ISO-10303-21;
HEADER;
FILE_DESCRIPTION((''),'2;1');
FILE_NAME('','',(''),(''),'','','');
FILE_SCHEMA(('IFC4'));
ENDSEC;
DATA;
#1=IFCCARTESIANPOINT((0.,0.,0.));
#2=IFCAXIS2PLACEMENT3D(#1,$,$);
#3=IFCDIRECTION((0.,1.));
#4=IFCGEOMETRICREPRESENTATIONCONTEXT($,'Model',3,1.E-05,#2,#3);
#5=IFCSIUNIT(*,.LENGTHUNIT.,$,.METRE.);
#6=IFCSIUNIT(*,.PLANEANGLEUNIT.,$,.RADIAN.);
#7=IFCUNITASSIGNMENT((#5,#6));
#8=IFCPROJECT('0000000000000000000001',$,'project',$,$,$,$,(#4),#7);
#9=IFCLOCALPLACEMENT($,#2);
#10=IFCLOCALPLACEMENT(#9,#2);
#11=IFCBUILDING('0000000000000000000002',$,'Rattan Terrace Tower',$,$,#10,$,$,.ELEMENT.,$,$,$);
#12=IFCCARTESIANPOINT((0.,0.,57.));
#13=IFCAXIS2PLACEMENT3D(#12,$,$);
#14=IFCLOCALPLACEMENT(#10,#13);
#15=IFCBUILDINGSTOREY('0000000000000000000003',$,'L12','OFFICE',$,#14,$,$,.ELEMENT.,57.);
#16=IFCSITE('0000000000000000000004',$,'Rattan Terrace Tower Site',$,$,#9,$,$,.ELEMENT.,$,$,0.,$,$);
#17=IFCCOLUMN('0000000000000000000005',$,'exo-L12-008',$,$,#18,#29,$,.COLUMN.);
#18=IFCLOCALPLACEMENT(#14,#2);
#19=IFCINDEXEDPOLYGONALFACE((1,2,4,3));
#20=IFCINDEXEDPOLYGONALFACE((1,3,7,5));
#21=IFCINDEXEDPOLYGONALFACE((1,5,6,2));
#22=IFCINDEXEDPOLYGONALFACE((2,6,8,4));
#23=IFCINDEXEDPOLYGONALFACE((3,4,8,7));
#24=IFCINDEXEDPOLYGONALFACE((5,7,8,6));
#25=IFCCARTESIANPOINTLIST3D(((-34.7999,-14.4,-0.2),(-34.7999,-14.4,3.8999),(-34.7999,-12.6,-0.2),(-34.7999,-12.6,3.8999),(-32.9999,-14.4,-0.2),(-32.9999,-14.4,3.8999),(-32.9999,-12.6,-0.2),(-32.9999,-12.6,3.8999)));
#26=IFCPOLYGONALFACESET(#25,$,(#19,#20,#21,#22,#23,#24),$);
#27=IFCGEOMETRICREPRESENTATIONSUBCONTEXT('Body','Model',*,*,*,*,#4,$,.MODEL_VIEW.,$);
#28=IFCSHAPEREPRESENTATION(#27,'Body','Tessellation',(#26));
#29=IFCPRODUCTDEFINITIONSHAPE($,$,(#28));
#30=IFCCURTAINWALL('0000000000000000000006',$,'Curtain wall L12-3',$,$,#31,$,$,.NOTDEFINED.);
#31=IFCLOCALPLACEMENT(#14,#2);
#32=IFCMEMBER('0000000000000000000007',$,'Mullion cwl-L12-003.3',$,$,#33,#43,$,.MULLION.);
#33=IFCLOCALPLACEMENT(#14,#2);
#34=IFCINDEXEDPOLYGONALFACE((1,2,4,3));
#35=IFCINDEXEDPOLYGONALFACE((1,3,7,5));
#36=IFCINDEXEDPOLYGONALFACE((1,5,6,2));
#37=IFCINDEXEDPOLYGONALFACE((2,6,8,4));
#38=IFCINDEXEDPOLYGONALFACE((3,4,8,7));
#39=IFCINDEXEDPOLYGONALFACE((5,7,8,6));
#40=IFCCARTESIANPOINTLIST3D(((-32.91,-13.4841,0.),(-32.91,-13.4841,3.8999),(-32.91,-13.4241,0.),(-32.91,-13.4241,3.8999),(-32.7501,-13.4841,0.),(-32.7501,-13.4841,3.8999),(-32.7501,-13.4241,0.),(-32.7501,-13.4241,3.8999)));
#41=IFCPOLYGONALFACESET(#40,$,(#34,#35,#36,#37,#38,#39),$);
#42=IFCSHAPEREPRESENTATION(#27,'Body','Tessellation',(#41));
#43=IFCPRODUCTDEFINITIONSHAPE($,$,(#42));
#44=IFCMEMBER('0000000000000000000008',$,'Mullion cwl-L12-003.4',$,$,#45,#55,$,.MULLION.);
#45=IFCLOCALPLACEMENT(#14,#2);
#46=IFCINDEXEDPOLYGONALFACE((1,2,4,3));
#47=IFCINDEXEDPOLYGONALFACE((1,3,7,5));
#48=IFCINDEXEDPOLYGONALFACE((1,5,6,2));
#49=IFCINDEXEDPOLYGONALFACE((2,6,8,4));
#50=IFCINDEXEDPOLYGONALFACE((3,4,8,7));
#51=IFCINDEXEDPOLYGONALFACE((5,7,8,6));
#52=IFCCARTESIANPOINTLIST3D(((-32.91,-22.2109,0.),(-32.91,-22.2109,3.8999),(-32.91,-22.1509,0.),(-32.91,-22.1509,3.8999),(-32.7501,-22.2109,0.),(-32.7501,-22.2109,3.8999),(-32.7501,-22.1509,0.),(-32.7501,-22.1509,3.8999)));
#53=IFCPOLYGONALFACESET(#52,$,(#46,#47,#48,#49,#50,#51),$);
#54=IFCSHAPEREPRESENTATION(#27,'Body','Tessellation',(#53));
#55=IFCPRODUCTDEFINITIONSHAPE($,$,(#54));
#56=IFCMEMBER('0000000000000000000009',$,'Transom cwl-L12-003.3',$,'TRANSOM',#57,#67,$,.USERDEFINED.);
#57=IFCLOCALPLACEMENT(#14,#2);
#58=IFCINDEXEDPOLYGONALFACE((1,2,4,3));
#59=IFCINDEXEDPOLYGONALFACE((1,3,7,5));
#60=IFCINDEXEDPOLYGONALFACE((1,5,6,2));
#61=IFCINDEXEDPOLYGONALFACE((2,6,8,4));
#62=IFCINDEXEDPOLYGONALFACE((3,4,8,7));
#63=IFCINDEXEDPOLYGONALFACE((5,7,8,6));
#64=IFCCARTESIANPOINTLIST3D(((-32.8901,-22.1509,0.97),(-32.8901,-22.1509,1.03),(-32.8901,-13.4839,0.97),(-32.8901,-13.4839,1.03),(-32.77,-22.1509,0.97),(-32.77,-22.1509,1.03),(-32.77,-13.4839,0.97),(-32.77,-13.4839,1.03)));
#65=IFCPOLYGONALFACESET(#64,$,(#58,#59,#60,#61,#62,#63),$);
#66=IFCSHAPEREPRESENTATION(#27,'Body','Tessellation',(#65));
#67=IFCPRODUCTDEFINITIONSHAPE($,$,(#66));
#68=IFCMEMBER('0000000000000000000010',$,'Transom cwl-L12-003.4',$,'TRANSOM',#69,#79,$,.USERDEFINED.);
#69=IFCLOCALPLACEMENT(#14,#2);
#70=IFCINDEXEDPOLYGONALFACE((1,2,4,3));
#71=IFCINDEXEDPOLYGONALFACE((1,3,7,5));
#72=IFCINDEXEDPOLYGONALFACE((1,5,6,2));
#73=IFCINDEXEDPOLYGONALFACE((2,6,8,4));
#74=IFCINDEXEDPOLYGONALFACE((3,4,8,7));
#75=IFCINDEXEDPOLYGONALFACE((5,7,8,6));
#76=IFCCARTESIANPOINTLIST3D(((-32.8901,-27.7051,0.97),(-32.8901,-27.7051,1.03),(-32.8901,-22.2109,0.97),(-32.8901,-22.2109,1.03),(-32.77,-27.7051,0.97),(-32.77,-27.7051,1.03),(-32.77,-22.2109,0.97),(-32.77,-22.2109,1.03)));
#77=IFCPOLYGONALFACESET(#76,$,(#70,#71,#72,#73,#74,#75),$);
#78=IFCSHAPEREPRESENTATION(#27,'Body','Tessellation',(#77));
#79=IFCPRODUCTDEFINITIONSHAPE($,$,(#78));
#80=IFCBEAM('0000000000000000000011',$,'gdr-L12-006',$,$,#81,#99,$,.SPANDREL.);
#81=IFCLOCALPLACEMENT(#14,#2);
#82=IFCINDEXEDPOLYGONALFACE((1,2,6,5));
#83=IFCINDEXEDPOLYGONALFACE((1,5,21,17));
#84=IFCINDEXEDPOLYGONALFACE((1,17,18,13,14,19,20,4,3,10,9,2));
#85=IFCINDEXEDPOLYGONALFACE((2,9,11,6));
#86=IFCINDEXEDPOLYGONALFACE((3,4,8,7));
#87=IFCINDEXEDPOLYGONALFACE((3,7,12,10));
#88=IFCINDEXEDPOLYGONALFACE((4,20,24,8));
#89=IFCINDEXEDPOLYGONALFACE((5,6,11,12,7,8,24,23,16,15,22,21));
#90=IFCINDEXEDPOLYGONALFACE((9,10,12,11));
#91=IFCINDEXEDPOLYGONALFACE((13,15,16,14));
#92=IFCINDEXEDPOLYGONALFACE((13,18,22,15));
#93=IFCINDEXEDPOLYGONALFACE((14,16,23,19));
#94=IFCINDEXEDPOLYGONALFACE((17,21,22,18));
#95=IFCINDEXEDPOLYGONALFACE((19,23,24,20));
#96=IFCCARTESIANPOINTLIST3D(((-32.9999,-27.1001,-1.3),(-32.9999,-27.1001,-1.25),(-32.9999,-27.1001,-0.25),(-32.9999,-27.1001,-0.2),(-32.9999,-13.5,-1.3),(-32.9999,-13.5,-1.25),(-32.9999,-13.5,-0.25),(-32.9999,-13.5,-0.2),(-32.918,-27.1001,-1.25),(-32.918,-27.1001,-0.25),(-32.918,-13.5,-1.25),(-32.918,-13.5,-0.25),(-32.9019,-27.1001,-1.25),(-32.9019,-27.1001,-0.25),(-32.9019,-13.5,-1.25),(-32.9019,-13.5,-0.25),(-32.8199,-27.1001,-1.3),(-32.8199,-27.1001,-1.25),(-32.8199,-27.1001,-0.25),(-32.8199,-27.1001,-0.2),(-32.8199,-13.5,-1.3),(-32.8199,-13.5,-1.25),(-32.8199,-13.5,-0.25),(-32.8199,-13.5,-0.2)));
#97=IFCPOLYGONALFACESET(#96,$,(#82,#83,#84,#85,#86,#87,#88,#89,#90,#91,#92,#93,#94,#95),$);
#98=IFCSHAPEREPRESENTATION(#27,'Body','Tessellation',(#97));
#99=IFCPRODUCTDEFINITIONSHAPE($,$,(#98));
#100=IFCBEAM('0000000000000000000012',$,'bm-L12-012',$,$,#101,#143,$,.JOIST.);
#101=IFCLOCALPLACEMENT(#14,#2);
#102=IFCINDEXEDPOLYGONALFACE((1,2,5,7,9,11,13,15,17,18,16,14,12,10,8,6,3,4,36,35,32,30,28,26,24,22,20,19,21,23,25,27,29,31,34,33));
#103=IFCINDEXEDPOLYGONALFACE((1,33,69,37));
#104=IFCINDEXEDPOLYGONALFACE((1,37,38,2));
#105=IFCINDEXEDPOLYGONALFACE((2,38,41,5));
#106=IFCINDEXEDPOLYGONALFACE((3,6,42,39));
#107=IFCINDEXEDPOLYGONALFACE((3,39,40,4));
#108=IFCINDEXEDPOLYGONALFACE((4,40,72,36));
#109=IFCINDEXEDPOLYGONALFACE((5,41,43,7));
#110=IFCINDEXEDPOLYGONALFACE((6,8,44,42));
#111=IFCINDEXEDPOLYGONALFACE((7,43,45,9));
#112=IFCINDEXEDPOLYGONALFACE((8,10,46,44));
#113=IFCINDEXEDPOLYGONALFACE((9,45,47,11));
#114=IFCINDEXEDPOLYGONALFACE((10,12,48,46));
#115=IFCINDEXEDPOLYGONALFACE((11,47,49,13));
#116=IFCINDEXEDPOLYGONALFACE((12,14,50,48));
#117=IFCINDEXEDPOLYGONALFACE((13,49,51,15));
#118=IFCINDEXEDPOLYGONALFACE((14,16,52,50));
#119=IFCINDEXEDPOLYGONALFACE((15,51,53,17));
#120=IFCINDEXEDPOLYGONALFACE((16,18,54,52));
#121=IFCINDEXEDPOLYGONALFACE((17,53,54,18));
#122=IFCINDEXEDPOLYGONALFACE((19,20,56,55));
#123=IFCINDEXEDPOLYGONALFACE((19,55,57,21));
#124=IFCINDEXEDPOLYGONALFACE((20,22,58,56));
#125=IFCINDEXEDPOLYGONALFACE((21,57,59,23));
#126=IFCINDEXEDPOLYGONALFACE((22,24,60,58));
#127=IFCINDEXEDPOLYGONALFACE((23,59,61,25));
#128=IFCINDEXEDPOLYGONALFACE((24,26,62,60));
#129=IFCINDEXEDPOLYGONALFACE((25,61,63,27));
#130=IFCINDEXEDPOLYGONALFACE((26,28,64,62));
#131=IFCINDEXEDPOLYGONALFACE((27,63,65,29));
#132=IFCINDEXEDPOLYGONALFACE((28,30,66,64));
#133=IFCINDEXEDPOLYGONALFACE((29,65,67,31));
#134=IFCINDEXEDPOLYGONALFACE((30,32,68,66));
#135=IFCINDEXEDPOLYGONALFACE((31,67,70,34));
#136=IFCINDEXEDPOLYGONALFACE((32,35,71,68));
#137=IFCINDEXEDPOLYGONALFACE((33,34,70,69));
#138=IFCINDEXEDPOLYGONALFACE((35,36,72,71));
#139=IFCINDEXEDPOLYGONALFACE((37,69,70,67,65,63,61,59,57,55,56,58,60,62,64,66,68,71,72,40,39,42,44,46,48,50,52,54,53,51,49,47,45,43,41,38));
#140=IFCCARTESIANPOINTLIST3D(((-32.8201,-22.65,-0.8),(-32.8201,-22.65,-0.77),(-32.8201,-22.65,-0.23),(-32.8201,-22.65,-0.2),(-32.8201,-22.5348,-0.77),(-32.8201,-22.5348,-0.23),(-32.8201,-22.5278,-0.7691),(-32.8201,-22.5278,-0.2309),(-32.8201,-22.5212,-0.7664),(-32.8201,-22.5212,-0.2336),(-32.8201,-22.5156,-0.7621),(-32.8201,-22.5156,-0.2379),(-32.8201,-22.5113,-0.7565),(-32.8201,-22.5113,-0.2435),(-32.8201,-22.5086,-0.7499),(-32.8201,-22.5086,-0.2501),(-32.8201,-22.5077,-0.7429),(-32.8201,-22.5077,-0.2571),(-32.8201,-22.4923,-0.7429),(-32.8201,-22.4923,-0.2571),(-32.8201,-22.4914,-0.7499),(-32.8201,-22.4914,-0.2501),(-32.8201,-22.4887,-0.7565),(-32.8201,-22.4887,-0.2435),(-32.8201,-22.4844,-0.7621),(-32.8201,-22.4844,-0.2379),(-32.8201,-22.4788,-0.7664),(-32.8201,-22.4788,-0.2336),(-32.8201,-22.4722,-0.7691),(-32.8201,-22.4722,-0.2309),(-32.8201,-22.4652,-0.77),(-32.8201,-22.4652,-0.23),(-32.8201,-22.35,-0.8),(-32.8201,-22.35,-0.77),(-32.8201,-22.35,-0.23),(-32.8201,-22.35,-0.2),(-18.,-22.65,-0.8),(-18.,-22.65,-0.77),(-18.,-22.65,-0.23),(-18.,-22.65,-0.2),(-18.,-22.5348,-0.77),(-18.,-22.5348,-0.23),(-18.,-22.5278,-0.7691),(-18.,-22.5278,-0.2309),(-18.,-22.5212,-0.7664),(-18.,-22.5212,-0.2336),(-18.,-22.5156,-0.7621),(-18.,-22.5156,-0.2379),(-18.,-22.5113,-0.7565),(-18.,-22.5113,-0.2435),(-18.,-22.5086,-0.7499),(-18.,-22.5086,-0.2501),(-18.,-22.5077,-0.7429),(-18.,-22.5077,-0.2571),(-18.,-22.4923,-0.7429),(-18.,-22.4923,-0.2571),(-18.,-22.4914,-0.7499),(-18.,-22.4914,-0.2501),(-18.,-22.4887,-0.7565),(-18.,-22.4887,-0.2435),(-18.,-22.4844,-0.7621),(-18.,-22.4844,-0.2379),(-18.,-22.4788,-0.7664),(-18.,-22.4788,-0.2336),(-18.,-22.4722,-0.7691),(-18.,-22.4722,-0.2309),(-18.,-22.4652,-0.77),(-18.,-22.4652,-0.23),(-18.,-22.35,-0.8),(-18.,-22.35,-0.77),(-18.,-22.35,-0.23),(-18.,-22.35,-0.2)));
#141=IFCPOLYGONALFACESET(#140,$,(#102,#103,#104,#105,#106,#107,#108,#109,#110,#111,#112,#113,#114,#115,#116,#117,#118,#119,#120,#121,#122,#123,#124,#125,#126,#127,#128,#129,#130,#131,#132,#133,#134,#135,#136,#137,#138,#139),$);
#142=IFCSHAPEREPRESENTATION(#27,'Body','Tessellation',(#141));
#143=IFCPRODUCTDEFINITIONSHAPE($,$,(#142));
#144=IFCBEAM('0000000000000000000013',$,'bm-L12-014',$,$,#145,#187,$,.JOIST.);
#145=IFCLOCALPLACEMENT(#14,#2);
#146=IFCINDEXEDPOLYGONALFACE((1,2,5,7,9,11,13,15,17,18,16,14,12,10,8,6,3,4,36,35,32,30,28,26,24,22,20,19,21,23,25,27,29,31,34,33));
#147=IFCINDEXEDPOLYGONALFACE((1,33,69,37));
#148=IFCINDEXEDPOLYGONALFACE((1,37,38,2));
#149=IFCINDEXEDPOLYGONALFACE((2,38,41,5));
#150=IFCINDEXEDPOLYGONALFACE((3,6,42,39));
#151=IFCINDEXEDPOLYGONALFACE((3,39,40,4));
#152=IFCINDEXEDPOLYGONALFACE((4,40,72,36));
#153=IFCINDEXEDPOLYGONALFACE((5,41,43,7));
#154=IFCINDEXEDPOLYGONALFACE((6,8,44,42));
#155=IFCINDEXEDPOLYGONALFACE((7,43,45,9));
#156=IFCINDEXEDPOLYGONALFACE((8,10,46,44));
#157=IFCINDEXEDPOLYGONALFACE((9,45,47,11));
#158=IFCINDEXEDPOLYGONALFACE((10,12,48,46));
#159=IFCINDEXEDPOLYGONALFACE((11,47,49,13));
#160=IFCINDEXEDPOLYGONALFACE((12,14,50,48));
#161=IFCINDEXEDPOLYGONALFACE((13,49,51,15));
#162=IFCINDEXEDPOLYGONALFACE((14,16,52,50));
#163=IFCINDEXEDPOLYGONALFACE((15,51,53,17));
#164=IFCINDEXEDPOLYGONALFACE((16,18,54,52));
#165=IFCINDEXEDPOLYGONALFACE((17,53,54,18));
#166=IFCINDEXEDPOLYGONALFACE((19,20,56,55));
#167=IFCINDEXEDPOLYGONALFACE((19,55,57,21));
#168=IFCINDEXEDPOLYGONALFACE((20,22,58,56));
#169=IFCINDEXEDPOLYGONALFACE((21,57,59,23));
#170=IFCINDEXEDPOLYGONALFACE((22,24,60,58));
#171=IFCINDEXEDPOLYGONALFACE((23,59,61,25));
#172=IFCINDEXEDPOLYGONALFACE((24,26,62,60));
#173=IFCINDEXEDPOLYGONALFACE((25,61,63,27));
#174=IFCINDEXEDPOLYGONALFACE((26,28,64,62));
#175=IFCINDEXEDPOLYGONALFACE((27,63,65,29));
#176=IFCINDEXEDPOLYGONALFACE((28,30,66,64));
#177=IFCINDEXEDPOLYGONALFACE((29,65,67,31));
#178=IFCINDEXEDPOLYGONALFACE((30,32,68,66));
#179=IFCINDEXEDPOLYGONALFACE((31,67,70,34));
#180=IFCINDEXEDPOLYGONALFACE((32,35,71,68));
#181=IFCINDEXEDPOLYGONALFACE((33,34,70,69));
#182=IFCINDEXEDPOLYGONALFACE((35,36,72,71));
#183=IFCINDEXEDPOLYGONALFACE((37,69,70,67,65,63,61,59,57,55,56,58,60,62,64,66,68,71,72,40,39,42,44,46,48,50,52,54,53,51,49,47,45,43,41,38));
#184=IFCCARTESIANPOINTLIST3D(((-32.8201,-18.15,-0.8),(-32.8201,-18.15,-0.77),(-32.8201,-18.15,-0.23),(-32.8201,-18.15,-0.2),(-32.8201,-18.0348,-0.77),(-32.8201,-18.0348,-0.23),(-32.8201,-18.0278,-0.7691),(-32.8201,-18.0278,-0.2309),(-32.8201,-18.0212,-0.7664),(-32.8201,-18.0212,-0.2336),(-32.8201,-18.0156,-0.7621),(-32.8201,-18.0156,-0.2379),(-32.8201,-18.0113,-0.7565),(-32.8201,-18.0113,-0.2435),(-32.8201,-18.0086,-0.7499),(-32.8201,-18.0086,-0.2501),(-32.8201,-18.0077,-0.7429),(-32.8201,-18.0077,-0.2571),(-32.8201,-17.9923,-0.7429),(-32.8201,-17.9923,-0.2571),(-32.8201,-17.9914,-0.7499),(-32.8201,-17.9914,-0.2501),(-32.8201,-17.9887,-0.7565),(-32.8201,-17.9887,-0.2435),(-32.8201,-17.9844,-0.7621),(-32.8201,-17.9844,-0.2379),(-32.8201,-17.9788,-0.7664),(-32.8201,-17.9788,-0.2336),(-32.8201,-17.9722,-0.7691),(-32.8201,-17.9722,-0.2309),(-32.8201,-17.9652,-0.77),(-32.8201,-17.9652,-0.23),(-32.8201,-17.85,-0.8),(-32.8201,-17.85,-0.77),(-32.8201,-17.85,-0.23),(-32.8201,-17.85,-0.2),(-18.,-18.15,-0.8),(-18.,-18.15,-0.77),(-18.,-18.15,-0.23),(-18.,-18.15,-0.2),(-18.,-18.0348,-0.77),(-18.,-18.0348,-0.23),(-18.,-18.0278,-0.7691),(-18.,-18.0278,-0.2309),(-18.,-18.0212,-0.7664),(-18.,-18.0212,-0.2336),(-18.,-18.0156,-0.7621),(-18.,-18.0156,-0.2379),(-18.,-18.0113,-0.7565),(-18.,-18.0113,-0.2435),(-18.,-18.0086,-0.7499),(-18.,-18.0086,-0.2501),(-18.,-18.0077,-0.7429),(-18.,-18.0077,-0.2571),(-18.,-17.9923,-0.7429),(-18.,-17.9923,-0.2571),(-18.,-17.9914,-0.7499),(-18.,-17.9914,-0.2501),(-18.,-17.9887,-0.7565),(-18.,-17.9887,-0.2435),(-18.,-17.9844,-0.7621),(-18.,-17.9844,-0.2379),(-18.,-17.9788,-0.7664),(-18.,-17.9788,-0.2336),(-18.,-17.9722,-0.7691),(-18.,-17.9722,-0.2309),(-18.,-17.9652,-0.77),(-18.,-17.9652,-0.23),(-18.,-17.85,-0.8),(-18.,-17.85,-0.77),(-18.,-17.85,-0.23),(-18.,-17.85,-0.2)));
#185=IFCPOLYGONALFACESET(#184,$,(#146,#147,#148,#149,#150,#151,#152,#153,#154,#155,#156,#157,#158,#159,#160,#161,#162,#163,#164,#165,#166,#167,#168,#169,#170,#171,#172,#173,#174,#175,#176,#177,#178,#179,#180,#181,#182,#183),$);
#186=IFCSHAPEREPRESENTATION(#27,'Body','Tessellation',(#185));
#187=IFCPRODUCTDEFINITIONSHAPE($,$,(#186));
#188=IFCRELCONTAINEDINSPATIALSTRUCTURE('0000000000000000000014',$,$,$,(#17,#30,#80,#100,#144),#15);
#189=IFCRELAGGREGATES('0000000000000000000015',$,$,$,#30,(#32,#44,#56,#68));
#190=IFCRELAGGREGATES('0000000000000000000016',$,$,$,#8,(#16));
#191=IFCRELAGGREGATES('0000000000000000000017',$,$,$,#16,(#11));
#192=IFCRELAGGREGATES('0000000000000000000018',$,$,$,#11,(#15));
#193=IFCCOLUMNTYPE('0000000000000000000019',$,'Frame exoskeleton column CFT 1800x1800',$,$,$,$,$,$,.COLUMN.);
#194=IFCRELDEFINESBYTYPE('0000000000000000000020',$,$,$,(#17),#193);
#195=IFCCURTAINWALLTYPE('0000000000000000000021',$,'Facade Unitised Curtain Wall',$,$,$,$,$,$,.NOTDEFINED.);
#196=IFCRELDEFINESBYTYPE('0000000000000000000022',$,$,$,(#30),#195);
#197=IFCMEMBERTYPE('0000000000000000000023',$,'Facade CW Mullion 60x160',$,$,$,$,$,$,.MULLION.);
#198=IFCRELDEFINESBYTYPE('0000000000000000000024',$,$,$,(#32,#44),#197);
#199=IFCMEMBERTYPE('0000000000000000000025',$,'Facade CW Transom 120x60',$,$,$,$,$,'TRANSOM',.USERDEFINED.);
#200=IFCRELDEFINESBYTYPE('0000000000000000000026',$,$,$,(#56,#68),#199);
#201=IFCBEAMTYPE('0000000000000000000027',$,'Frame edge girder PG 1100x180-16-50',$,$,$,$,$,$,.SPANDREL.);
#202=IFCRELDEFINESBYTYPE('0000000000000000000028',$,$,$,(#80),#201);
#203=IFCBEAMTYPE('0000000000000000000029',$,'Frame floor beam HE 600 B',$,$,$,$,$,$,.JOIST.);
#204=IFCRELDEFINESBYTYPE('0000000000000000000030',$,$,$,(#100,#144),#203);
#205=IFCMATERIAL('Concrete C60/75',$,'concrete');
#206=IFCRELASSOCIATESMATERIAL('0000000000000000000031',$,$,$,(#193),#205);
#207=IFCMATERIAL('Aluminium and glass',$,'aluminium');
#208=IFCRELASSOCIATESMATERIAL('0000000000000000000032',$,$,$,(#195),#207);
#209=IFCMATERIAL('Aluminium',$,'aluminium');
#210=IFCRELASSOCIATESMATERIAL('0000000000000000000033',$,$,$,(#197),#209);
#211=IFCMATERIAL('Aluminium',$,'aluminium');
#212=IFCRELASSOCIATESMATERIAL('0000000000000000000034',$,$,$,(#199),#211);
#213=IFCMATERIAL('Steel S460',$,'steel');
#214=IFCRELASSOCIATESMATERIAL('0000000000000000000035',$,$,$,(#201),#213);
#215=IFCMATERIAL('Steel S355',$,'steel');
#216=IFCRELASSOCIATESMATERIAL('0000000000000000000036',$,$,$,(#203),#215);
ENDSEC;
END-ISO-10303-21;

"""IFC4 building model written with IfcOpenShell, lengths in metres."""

from ifc_helpers import new_model, si_unit, direction, frame, origin, origin_2d, place, context, subcontext, project, spatial, rectangle, i_section, extrude, material, material_profile, profile_set, type_object, element, aggregate, save


model = new_model("IFC4")

# Units and contexts
model_context = context("Model", 3, precision=1e-05, world=origin(), true_north=direction((0.0, 1.0)))
body_context = subcontext(model_context, "Body", "Model", "MODEL_VIEW")
ifc_project = project(units=[si_unit("LENGTHUNIT", "METRE"), si_unit("PLANEANGLEUNIT", "RADIAN")], contexts=[model_context])

# Site, building, storey
site_placement = place(None, origin())
site = spatial("IfcSite", under=ifc_project, at=site_placement, Name="Rattan Terrace Tower Site", CompositionType="ELEMENT", RefElevation=0.0)
building_placement = place(site_placement, origin())
building = spatial("IfcBuilding", under=site, at=building_placement, Name="Rattan Terrace Tower", CompositionType="ELEMENT")
storey_placement = place(building_placement, frame((0.0, 0.0, 57.0)))
storey = spatial("IfcBuildingStorey", under=building, at=storey_placement, Name="L12", Description="OFFICE", CompositionType="ELEMENT", Elevation=57.0)

# Column
ifc_material_1 = material(Name="Concrete C60/75", Category="concrete")
ifc_material_profile_1 = material_profile(ifc_material_1, rectangle(XDim=1.8, YDim=1.8, at=origin_2d()), Name="CFT 1800x1800")
ifc_profile_set_1 = profile_set([ifc_material_profile_1], Name="Concrete C60/75")
column_type = type_object("IfcColumnType", Name="Frame exoskeleton column CFT 1800x1800", PredefinedType="COLUMN", material=ifc_profile_set_1)
column_placement = place(storey_placement, frame((-33.8999, -13.5, -0.2), z_axis=(0.0, 0.0, 1.0), x_axis=(0.0, 1.0, 0.0)))
element("IfcColumn", 1, at=column_placement, inside=storey, type_object=column_type, Name="exo-L12-008", PredefinedType="COLUMN", context=body_context, shape_type="SweptSolid", body=[
    extrude(rectangle(XDim=1.8, YDim=1.8, at=origin_2d()), origin(), (0.0, 0.0, 1.0), 4.0999),
])

# Curtain wall, members
ifc_material_2 = material(Name="Aluminium and glass", Category="aluminium")
curtain_wall_type = type_object("IfcCurtainWallType", Name="Facade Unitised Curtain Wall", PredefinedType="NOTDEFINED", material=ifc_material_2)
curtain_wall_placement = place(storey_placement, origin())
curtain_wall = element("IfcCurtainWall", 2, at=curtain_wall_placement, inside=storey, type_object=curtain_wall_type, Name="Curtain wall L12-3", PredefinedType="NOTDEFINED")
ifc_material_3 = material(Name="Aluminium", Category="aluminium")
ifc_material_profile_2 = material_profile(ifc_material_3, rectangle(XDim=0.0601, YDim=0.1599, at=origin_2d()), Name="Aluminium 60x160")
ifc_profile_set_2 = profile_set([ifc_material_profile_2], Name="Aluminium")
member_type_1 = type_object("IfcMemberType", Name="Facade CW Mullion 60x160", PredefinedType="MULLION", material=ifc_profile_set_2)
member_1_placement = place(storey_placement, frame((-32.8301, -13.4541, 0.0), z_axis=(0.0, 0.0, 1.0), x_axis=(0.0, -1.0, 0.0)))
member_1 = element("IfcMember", 3, at=member_1_placement, type_object=member_type_1, Name="Mullion cwl-L12-003.3", PredefinedType="MULLION", context=body_context, shape_type="SweptSolid", body=[
    extrude(rectangle(XDim=0.0601, YDim=0.1599, at=origin_2d()), origin(), (0.0, 0.0, 1.0), 3.8999),
])
member_2_placement = place(storey_placement, frame((-32.8301, -22.1809, 0.0), z_axis=(0.0, 0.0, 1.0), x_axis=(0.0, -1.0, 0.0)))
member_2 = element("IfcMember", 4, at=member_2_placement, type_object=member_type_1, Name="Mullion cwl-L12-003.4", PredefinedType="MULLION", context=body_context, shape_type="SweptSolid", body=[
    extrude(rectangle(XDim=0.0601, YDim=0.1599, at=origin_2d()), origin(), (0.0, 0.0, 1.0), 3.8999),
])
ifc_material_4 = material(Name="Aluminium", Category="aluminium")
ifc_material_profile_3 = material_profile(ifc_material_4, rectangle(XDim=0.1201, YDim=0.0601, at=origin_2d()), Name="Aluminium 120x60")
ifc_profile_set_3 = profile_set([ifc_material_profile_3], Name="Aluminium")
member_type_2 = type_object("IfcMemberType", Name="Facade CW Transom 120x60", ElementType="TRANSOM", PredefinedType="USERDEFINED", material=ifc_profile_set_3)
member_3_placement = place(storey_placement, frame((-32.8301, -13.4839, 1.0), z_axis=(0.0, -1.0, 0.0), x_axis=(1.0, 0.0, 0.0)))
member_3 = element("IfcMember", 5, at=member_3_placement, type_object=member_type_2, Name="Transom cwl-L12-003.3", ObjectType="TRANSOM", PredefinedType="USERDEFINED", context=body_context, shape_type="SweptSolid", body=[
    extrude(rectangle(XDim=0.1201, YDim=0.0601, at=origin_2d()), origin(), (0.0, 0.0, 1.0), 8.667),
])
member_4_placement = place(storey_placement, frame((-32.8301, -22.2109, 1.0), z_axis=(0.0, -1.0, 0.0), x_axis=(1.0, 0.0, 0.0)))
member_4 = element("IfcMember", 6, at=member_4_placement, type_object=member_type_2, Name="Transom cwl-L12-003.4", ObjectType="TRANSOM", PredefinedType="USERDEFINED", context=body_context, shape_type="SweptSolid", body=[
    extrude(rectangle(XDim=0.1201, YDim=0.0601, at=origin_2d()), origin(), (0.0, 0.0, 1.0), 5.4941),
])

# Beams
ifc_material_5 = material(Name="Steel S460", Category="steel")
ifc_material_profile_4 = material_profile(ifc_material_5, i_section(OverallWidth=0.1799, OverallDepth=1.1001, WebThickness=0.0161, FlangeThickness=0.05, at=origin_2d()), Name="PG 1100x180-16-50")
ifc_profile_set_4 = profile_set([ifc_material_profile_4], Name="Steel S460")
beam_type_1 = type_object("IfcBeamType", Name="Frame edge girder PG 1100x180-16-50", PredefinedType="SPANDREL", material=ifc_profile_set_4)
beam_placement = place(storey_placement, frame((-32.9099, -13.5, -0.75), z_axis=(0.0, -1.0, 0.0), x_axis=(1.0, 0.0, 0.0)))
element("IfcBeam", 7, at=beam_placement, inside=storey, type_object=beam_type_1, Name="gdr-L12-006", PredefinedType="SPANDREL", context=body_context, shape_type="SweptSolid", body=[
    extrude(i_section(OverallWidth=0.1799, OverallDepth=1.1001, WebThickness=0.0161, FlangeThickness=0.05, at=origin_2d()), origin(), (0.0, 0.0, 1.0), 13.6001),
])
ifc_material_6 = material(Name="Steel S355", Category="steel")
ifc_material_profile_5 = material_profile(ifc_material_6, i_section(OverallWidth=0.3, OverallDepth=0.6001, WebThickness=0.0154, FlangeThickness=0.03, FilletRadius=0.0271, at=origin_2d()), Name="HE 600 B")
ifc_profile_set_5 = profile_set([ifc_material_profile_5], Name="Steel S355")
beam_type_2 = type_object("IfcBeamType", Name="Frame floor beam HE 600 B", PredefinedType="JOIST", material=ifc_profile_set_5)
for number, where, z_axis, x_axis, name in (
    (8, (-32.8201, -22.5, -0.5), (1.0, 0.0, 0.0), (0.0, 1.0, 0.0), "bm-L12-012"),
    (9, (-32.8201, -18.0, -0.5), (1.0, 0.0, 0.0), (0.0, 1.0, 0.0), "bm-L12-014"),
):
    element("IfcBeam", number, at=place(storey_placement, frame(where, z_axis=z_axis, x_axis=x_axis)), inside=storey, type_object=beam_type_2, Name=name, PredefinedType="JOIST", context=body_context, shape_type="SweptSolid", body=[
        extrude(i_section(OverallWidth=0.3, OverallDepth=0.6001, WebThickness=0.0154, FlangeThickness=0.03, FilletRadius=0.0271, at=origin_2d()), origin(), (0.0, 0.0, 1.0), 14.8201),
    ])

aggregate(curtain_wall, [member_1, member_2, member_3, member_4])

save(model, "model.ifc")
